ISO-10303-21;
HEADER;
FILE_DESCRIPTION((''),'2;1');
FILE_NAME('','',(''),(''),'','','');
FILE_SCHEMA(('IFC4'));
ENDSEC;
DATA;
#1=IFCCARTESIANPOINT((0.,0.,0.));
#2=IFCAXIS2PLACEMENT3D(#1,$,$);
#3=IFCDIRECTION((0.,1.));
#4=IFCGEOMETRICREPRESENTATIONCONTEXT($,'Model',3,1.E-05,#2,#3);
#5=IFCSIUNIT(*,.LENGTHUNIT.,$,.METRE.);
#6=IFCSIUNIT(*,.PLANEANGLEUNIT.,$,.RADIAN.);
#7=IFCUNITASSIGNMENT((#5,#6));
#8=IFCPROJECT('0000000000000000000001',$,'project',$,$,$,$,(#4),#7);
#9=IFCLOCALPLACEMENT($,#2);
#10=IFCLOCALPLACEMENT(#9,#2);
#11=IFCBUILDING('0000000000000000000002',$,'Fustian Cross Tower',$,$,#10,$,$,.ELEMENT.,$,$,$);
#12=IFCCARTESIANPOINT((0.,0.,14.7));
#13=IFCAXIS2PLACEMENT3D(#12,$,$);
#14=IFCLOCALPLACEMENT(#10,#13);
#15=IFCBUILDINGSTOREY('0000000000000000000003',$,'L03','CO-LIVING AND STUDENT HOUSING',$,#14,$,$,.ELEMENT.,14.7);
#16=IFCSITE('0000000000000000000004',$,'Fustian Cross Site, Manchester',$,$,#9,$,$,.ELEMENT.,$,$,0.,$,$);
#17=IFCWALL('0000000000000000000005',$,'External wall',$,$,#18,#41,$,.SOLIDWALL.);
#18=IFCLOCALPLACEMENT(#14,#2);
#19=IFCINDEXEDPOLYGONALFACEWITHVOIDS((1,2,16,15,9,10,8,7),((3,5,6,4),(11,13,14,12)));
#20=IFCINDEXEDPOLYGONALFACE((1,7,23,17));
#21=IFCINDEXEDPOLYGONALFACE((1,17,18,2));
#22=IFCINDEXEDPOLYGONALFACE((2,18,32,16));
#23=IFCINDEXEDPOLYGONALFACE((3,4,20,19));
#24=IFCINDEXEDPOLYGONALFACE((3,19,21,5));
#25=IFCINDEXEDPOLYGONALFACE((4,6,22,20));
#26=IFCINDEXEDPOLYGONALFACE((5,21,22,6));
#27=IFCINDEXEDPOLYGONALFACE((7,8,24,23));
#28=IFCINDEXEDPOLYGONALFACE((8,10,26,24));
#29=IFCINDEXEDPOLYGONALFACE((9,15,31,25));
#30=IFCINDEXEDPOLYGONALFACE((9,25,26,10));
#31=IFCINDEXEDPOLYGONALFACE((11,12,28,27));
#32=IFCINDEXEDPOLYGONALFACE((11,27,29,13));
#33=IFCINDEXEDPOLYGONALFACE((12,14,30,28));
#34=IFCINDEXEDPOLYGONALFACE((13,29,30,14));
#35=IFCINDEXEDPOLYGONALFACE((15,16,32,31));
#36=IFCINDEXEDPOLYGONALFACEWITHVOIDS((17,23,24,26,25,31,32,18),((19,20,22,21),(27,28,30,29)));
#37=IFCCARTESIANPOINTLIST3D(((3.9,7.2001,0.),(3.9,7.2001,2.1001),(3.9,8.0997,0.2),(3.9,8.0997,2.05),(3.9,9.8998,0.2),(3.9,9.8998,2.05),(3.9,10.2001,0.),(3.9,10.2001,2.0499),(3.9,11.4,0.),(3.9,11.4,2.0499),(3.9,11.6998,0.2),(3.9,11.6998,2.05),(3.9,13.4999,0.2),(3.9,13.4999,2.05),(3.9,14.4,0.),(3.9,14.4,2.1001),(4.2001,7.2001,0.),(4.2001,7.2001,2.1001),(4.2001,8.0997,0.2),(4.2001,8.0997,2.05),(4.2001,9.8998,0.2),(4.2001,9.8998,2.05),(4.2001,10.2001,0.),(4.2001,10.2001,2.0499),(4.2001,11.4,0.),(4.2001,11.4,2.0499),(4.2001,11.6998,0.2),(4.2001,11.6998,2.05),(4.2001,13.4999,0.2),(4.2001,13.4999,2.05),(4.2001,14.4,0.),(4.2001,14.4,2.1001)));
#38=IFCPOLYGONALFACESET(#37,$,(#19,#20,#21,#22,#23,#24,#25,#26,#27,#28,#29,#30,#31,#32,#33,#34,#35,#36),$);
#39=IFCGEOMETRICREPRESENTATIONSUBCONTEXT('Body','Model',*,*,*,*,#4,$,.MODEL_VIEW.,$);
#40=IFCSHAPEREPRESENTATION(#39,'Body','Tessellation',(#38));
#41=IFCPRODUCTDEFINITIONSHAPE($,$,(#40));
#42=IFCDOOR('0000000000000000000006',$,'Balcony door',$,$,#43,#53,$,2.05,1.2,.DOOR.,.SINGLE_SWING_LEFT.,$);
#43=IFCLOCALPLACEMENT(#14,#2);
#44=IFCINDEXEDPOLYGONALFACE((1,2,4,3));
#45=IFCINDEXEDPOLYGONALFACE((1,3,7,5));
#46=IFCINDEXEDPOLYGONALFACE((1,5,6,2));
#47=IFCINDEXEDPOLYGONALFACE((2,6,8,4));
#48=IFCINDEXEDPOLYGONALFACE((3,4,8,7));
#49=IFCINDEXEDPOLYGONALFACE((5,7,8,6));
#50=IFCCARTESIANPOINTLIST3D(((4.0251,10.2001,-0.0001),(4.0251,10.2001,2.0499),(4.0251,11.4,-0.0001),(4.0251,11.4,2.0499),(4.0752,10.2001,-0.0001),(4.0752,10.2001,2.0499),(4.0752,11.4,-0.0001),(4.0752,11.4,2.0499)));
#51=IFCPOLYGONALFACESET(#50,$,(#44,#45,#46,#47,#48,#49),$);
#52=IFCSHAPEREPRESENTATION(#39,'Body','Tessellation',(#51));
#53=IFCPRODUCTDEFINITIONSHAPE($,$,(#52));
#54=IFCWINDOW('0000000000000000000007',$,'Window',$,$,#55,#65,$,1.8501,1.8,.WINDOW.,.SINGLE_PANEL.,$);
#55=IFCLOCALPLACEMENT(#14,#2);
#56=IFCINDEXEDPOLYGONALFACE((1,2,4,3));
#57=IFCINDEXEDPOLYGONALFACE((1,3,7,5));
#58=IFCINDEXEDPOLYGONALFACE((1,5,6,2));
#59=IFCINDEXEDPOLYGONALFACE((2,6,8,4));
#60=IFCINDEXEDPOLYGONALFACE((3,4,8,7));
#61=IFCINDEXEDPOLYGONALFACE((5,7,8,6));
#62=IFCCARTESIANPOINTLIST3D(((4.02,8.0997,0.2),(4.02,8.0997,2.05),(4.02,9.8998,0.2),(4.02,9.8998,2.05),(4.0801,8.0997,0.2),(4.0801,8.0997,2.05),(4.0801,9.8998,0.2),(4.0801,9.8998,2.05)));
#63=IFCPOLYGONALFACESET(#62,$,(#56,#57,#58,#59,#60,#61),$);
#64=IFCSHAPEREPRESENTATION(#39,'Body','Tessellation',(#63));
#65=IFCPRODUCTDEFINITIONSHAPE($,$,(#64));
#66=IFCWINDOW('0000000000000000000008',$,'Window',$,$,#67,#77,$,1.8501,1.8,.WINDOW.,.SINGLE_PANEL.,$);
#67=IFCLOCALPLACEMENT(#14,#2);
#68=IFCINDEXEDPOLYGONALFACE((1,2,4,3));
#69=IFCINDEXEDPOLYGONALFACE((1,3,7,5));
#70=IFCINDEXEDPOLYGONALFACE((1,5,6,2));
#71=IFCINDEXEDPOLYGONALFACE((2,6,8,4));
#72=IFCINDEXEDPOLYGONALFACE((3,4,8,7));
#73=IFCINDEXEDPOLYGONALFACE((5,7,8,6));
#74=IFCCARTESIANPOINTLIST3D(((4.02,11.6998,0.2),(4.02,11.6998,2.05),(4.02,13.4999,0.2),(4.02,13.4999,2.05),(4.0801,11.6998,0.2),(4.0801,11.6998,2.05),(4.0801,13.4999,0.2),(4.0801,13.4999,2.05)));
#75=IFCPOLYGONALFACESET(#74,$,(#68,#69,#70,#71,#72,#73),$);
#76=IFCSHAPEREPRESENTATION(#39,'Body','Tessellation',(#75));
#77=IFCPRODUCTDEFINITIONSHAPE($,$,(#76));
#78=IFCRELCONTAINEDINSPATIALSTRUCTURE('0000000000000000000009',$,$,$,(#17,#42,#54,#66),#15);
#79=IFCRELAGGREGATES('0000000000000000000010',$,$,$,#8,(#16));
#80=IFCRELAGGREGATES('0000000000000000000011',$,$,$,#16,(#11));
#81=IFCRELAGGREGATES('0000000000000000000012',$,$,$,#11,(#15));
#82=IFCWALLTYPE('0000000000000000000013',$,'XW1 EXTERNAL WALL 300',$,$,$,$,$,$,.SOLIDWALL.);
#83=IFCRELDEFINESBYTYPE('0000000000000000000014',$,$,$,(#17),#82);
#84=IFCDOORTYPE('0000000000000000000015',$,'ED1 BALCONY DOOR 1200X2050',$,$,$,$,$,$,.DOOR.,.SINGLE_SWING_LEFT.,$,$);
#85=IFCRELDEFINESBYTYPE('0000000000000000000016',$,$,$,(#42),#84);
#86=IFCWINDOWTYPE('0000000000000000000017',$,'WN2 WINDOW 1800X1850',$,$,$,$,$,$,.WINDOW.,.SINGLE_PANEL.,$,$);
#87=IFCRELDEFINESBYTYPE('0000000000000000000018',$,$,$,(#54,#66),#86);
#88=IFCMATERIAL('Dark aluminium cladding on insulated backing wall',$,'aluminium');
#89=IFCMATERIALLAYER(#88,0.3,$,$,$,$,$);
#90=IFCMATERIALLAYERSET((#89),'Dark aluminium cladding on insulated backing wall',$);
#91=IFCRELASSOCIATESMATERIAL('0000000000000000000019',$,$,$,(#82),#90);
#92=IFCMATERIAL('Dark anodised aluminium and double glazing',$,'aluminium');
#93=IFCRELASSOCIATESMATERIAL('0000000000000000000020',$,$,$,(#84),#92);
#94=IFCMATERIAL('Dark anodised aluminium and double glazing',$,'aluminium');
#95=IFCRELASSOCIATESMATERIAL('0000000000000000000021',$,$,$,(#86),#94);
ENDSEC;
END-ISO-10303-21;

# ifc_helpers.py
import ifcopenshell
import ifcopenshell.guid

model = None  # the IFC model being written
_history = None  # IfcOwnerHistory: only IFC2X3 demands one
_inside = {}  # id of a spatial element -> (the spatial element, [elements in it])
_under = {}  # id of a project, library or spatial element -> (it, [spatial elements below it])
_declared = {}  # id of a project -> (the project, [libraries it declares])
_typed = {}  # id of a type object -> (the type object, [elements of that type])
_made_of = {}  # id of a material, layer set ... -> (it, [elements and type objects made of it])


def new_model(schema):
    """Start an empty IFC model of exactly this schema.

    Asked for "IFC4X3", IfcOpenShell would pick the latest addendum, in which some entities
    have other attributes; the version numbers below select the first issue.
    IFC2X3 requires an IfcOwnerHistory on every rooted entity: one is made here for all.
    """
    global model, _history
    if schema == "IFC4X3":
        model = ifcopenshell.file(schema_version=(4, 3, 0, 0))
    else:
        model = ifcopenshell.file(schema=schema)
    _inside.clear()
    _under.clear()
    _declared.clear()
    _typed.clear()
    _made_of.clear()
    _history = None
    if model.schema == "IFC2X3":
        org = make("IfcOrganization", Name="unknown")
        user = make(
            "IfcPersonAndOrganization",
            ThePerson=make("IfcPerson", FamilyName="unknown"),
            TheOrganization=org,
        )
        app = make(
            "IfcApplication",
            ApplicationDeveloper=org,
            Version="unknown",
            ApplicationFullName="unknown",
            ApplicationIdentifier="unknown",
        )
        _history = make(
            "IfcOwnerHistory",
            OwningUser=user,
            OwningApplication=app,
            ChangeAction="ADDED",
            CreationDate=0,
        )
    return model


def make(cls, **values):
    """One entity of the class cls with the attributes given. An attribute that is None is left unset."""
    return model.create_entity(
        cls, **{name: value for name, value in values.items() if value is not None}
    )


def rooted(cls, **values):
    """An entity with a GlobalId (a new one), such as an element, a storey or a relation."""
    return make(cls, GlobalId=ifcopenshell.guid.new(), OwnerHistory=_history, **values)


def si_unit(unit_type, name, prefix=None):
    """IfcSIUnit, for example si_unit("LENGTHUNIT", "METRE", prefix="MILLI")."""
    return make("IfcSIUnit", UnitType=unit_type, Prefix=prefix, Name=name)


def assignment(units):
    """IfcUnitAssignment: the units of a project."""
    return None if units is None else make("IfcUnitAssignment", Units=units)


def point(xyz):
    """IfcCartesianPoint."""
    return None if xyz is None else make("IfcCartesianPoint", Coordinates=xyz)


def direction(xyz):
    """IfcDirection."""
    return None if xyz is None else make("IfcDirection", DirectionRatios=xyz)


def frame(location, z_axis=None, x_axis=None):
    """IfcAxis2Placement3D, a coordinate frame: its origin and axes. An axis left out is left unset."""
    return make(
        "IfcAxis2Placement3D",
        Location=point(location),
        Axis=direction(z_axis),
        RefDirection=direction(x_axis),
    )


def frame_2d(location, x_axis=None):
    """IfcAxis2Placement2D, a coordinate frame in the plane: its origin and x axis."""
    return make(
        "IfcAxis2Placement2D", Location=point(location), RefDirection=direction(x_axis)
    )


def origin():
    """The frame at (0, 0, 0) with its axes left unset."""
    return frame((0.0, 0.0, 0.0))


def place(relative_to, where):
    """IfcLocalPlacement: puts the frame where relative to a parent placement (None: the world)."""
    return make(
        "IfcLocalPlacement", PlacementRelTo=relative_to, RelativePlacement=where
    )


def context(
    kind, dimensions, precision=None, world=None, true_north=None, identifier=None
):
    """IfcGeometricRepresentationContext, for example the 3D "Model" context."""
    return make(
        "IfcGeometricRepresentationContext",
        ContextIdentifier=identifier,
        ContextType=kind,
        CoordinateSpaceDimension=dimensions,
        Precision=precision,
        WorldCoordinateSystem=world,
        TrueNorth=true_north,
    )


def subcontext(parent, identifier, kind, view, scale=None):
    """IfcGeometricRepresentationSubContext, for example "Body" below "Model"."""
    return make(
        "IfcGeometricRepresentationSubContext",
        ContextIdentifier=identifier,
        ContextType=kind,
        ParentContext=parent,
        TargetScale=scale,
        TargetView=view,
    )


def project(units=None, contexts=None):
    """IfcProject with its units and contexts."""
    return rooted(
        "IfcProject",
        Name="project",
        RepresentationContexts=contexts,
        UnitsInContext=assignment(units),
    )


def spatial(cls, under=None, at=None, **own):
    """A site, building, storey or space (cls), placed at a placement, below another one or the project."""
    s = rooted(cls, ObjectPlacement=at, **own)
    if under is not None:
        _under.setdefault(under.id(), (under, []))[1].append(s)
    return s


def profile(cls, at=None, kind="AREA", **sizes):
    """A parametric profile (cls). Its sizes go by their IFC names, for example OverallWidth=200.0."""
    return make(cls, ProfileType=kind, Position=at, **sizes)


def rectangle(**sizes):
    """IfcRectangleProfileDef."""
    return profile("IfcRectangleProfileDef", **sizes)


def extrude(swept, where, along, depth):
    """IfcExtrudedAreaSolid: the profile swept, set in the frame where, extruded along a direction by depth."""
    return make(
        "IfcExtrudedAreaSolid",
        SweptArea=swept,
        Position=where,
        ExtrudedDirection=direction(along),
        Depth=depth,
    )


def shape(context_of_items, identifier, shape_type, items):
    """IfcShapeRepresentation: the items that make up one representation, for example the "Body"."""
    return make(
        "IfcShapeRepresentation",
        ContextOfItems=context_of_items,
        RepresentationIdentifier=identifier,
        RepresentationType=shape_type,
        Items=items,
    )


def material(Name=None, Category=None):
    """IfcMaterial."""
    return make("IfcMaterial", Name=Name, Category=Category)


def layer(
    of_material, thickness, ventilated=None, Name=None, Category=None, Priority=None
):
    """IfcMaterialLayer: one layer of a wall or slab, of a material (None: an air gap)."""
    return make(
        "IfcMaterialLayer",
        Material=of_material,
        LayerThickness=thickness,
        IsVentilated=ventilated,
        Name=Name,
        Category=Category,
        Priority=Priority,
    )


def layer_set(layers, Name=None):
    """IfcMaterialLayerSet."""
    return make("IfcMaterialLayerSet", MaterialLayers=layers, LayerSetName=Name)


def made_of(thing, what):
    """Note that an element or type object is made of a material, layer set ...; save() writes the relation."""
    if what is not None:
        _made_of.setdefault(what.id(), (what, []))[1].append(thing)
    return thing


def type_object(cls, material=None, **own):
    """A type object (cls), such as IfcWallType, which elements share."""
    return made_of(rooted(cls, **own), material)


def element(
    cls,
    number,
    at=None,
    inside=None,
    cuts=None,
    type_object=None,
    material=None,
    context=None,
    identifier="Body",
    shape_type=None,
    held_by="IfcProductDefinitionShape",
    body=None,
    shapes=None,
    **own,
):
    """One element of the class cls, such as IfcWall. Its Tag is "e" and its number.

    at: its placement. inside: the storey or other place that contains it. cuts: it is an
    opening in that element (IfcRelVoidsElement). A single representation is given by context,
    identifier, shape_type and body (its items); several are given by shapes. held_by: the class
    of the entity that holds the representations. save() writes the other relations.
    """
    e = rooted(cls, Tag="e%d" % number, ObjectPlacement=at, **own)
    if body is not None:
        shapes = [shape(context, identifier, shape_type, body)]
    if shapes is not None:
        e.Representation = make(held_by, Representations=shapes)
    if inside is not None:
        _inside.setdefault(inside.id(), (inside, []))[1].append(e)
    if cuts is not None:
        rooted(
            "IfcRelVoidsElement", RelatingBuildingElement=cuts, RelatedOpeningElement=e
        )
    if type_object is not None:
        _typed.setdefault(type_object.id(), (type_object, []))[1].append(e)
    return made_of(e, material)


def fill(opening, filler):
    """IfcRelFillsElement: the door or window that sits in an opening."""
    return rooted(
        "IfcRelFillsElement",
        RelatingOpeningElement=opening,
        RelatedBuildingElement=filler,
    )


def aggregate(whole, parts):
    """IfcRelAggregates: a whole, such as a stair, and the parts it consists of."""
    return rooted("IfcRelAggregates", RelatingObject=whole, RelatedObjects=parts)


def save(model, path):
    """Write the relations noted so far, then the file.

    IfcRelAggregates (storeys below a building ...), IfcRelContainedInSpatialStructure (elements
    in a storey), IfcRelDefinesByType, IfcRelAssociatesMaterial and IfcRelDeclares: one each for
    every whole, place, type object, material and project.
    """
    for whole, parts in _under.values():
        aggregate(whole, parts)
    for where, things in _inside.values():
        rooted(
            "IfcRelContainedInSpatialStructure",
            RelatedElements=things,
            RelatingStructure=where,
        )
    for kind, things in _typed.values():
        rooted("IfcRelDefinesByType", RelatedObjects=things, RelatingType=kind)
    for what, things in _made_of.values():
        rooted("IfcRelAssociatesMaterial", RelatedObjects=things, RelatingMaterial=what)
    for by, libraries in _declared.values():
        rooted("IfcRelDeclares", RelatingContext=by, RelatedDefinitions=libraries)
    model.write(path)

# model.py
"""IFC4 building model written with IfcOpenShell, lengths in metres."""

from ifc_helpers import new_model, si_unit, direction, frame, frame_2d, origin, place, context, subcontext, project, spatial, rectangle, extrude, material, layer, layer_set, type_object, element, fill, save


model = new_model("IFC4")

# Units and contexts
model_context = context("Model", 3, precision=1e-05, world=origin(), true_north=direction((0.0, 1.0)))
body_context = subcontext(model_context, "Body", "Model", "MODEL_VIEW")
ifc_project = project(units=[si_unit("LENGTHUNIT", "METRE"), si_unit("PLANEANGLEUNIT", "RADIAN")], contexts=[model_context])

# Site, building, storey
site_placement = place(None, origin())
site = spatial("IfcSite", under=ifc_project, at=site_placement, Name="Fustian Cross Site, Manchester", CompositionType="ELEMENT", RefElevation=0.0)
building_placement = place(site_placement, origin())
building = spatial("IfcBuilding", under=site, at=building_placement, Name="Fustian Cross Tower", CompositionType="ELEMENT")
storey_placement = place(building_placement, frame((0.0, 0.0, 14.7)))
storey = spatial("IfcBuildingStorey", under=building, at=storey_placement, Name="L03", Description="CO-LIVING AND STUDENT HOUSING", CompositionType="ELEMENT", Elevation=14.7)

# Wall, openings, door, windows
ifc_material_1 = material(Name="Dark aluminium cladding on insulated backing wall", Category="aluminium")
ifc_layer_1 = layer(ifc_material_1, 0.3)
ifc_layer_set_1 = layer_set([ifc_layer_1], Name="Dark aluminium cladding on insulated backing wall")
wall_type_1 = type_object("IfcWallType", Name="XW1 EXTERNAL WALL 300", PredefinedType="SOLIDWALL", material=ifc_layer_set_1)
wall_1_placement = place(storey_placement, frame((4.05, 7.2, 0.0), z_axis=(0.0, 0.0, 1.0), x_axis=(0.0, 1.0, 0.0)))
wall_1 = element("IfcWall", 1, at=wall_1_placement, inside=storey, type_object=wall_type_1, Name="External wall", PredefinedType="SOLIDWALL", context=body_context, shape_type="SweptSolid", body=[
    extrude(rectangle(XDim=7.2, YDim=0.3, at=frame_2d((3.6001, 0.0))), origin(), (0.0, 0.0, 1.0), 2.1001),
])
opening_1_placement = place(wall_1_placement, frame((3.0, 0.0, 0.0)))
opening_1 = element("IfcOpeningElement", 2, at=opening_1_placement, cuts=wall_1, PredefinedType="OPENING", context=body_context, shape_type="SweptSolid", body=[
    extrude(rectangle(XDim=1.2, YDim=2.05, at=frame_2d((0.6001, 1.0249))), frame((0.0, 0.1599, 0.0), z_axis=(0.0, -1.0, 0.0), x_axis=(1.0, 0.0, 0.0)), (0.0, 0.0, 1.0), 0.3201),
])
opening_2_placement = place(wall_1_placement, frame((0.8999, 0.0, 0.2)))
opening_2 = element("IfcOpeningElement", 3, at=opening_2_placement, cuts=wall_1, PredefinedType="OPENING", context=body_context, shape_type="SweptSolid", body=[
    extrude(rectangle(XDim=1.8, YDim=1.8501, at=frame_2d((0.8999, 0.925))), frame((0.0, 0.1599, 0.0), z_axis=(0.0, -1.0, 0.0), x_axis=(1.0, 0.0, 0.0)), (0.0, 0.0, 1.0), 0.3201),
])
opening_3_placement = place(wall_1_placement, frame((4.5, 0.0, 0.2)))
opening_3 = element("IfcOpeningElement", 4, at=opening_3_placement, cuts=wall_1, PredefinedType="OPENING", context=body_context, shape_type="SweptSolid", body=[
    extrude(rectangle(XDim=1.8, YDim=1.8501, at=frame_2d((0.8999, 0.925))), frame((0.0, 0.1599, 0.0), z_axis=(0.0, -1.0, 0.0), x_axis=(1.0, 0.0, 0.0)), (0.0, 0.0, 1.0), 0.3201),
])
ifc_material_2 = material(Name="Dark anodised aluminium and double glazing", Category="aluminium")
door_type_1 = type_object("IfcDoorType", Name="ED1 BALCONY DOOR 1200X2050", OperationType="SINGLE_SWING_LEFT", PredefinedType="DOOR", material=ifc_material_2)
door_1_placement = place(opening_1_placement, origin())
door_1 = element("IfcDoor", 5, at=door_1_placement, inside=storey, type_object=door_type_1, Name="Balcony door", OperationType="SINGLE_SWING_LEFT", OverallHeight=2.05, OverallWidth=1.2, PredefinedType="DOOR", context=body_context, shape_type="SweptSolid", body=[
    extrude(rectangle(XDim=1.2, YDim=2.05, at=frame_2d((0.6001, 1.0249))), frame((0.0, 0.0249, 0.0), z_axis=(0.0, -1.0, 0.0), x_axis=(1.0, 0.0, 0.0)), (0.0, 0.0, 1.0), 0.05),
])
fill(opening_1, door_1)
ifc_material_3 = material(Name="Dark anodised aluminium and double glazing", Category="aluminium")
window_type = type_object("IfcWindowType", Name="WN2 WINDOW 1800X1850", PartitioningType="SINGLE_PANEL", PredefinedType="WINDOW", material=ifc_material_3)
window_1_placement = place(opening_2_placement, origin())
window_1 = element("IfcWindow", 6, at=window_1_placement, inside=storey, type_object=window_type, Name="Window", OverallHeight=1.8501, OverallWidth=1.8, PartitioningType="SINGLE_PANEL", PredefinedType="WINDOW", context=body_context, shape_type="SweptSolid", body=[
    extrude(rectangle(XDim=1.8, YDim=1.8501, at=frame_2d((0.8999, 0.925))), frame((0.0, 0.03, 0.0), z_axis=(0.0, -1.0, 0.0), x_axis=(1.0, 0.0, 0.0)), (0.0, 0.0, 1.0), 0.0601),
])
fill(opening_2, window_1)
window_2_placement = place(opening_3_placement, origin())
window_2 = element("IfcWindow", 7, at=window_2_placement, inside=storey, type_object=window_type, Name="Window", OverallHeight=1.8501, OverallWidth=1.8, PartitioningType="SINGLE_PANEL", PredefinedType="WINDOW", context=body_context, shape_type="SweptSolid", body=[
    extrude(rectangle(XDim=1.8, YDim=1.8501, at=frame_2d((0.8999, 0.925))), frame((0.0, 0.03, 0.0), z_axis=(0.0, -1.0, 0.0), x_axis=(1.0, 0.0, 0.0)), (0.0, 0.0, 1.0), 0.0601),
])
fill(opening_3, window_2)

save(model, "model.ifc")
